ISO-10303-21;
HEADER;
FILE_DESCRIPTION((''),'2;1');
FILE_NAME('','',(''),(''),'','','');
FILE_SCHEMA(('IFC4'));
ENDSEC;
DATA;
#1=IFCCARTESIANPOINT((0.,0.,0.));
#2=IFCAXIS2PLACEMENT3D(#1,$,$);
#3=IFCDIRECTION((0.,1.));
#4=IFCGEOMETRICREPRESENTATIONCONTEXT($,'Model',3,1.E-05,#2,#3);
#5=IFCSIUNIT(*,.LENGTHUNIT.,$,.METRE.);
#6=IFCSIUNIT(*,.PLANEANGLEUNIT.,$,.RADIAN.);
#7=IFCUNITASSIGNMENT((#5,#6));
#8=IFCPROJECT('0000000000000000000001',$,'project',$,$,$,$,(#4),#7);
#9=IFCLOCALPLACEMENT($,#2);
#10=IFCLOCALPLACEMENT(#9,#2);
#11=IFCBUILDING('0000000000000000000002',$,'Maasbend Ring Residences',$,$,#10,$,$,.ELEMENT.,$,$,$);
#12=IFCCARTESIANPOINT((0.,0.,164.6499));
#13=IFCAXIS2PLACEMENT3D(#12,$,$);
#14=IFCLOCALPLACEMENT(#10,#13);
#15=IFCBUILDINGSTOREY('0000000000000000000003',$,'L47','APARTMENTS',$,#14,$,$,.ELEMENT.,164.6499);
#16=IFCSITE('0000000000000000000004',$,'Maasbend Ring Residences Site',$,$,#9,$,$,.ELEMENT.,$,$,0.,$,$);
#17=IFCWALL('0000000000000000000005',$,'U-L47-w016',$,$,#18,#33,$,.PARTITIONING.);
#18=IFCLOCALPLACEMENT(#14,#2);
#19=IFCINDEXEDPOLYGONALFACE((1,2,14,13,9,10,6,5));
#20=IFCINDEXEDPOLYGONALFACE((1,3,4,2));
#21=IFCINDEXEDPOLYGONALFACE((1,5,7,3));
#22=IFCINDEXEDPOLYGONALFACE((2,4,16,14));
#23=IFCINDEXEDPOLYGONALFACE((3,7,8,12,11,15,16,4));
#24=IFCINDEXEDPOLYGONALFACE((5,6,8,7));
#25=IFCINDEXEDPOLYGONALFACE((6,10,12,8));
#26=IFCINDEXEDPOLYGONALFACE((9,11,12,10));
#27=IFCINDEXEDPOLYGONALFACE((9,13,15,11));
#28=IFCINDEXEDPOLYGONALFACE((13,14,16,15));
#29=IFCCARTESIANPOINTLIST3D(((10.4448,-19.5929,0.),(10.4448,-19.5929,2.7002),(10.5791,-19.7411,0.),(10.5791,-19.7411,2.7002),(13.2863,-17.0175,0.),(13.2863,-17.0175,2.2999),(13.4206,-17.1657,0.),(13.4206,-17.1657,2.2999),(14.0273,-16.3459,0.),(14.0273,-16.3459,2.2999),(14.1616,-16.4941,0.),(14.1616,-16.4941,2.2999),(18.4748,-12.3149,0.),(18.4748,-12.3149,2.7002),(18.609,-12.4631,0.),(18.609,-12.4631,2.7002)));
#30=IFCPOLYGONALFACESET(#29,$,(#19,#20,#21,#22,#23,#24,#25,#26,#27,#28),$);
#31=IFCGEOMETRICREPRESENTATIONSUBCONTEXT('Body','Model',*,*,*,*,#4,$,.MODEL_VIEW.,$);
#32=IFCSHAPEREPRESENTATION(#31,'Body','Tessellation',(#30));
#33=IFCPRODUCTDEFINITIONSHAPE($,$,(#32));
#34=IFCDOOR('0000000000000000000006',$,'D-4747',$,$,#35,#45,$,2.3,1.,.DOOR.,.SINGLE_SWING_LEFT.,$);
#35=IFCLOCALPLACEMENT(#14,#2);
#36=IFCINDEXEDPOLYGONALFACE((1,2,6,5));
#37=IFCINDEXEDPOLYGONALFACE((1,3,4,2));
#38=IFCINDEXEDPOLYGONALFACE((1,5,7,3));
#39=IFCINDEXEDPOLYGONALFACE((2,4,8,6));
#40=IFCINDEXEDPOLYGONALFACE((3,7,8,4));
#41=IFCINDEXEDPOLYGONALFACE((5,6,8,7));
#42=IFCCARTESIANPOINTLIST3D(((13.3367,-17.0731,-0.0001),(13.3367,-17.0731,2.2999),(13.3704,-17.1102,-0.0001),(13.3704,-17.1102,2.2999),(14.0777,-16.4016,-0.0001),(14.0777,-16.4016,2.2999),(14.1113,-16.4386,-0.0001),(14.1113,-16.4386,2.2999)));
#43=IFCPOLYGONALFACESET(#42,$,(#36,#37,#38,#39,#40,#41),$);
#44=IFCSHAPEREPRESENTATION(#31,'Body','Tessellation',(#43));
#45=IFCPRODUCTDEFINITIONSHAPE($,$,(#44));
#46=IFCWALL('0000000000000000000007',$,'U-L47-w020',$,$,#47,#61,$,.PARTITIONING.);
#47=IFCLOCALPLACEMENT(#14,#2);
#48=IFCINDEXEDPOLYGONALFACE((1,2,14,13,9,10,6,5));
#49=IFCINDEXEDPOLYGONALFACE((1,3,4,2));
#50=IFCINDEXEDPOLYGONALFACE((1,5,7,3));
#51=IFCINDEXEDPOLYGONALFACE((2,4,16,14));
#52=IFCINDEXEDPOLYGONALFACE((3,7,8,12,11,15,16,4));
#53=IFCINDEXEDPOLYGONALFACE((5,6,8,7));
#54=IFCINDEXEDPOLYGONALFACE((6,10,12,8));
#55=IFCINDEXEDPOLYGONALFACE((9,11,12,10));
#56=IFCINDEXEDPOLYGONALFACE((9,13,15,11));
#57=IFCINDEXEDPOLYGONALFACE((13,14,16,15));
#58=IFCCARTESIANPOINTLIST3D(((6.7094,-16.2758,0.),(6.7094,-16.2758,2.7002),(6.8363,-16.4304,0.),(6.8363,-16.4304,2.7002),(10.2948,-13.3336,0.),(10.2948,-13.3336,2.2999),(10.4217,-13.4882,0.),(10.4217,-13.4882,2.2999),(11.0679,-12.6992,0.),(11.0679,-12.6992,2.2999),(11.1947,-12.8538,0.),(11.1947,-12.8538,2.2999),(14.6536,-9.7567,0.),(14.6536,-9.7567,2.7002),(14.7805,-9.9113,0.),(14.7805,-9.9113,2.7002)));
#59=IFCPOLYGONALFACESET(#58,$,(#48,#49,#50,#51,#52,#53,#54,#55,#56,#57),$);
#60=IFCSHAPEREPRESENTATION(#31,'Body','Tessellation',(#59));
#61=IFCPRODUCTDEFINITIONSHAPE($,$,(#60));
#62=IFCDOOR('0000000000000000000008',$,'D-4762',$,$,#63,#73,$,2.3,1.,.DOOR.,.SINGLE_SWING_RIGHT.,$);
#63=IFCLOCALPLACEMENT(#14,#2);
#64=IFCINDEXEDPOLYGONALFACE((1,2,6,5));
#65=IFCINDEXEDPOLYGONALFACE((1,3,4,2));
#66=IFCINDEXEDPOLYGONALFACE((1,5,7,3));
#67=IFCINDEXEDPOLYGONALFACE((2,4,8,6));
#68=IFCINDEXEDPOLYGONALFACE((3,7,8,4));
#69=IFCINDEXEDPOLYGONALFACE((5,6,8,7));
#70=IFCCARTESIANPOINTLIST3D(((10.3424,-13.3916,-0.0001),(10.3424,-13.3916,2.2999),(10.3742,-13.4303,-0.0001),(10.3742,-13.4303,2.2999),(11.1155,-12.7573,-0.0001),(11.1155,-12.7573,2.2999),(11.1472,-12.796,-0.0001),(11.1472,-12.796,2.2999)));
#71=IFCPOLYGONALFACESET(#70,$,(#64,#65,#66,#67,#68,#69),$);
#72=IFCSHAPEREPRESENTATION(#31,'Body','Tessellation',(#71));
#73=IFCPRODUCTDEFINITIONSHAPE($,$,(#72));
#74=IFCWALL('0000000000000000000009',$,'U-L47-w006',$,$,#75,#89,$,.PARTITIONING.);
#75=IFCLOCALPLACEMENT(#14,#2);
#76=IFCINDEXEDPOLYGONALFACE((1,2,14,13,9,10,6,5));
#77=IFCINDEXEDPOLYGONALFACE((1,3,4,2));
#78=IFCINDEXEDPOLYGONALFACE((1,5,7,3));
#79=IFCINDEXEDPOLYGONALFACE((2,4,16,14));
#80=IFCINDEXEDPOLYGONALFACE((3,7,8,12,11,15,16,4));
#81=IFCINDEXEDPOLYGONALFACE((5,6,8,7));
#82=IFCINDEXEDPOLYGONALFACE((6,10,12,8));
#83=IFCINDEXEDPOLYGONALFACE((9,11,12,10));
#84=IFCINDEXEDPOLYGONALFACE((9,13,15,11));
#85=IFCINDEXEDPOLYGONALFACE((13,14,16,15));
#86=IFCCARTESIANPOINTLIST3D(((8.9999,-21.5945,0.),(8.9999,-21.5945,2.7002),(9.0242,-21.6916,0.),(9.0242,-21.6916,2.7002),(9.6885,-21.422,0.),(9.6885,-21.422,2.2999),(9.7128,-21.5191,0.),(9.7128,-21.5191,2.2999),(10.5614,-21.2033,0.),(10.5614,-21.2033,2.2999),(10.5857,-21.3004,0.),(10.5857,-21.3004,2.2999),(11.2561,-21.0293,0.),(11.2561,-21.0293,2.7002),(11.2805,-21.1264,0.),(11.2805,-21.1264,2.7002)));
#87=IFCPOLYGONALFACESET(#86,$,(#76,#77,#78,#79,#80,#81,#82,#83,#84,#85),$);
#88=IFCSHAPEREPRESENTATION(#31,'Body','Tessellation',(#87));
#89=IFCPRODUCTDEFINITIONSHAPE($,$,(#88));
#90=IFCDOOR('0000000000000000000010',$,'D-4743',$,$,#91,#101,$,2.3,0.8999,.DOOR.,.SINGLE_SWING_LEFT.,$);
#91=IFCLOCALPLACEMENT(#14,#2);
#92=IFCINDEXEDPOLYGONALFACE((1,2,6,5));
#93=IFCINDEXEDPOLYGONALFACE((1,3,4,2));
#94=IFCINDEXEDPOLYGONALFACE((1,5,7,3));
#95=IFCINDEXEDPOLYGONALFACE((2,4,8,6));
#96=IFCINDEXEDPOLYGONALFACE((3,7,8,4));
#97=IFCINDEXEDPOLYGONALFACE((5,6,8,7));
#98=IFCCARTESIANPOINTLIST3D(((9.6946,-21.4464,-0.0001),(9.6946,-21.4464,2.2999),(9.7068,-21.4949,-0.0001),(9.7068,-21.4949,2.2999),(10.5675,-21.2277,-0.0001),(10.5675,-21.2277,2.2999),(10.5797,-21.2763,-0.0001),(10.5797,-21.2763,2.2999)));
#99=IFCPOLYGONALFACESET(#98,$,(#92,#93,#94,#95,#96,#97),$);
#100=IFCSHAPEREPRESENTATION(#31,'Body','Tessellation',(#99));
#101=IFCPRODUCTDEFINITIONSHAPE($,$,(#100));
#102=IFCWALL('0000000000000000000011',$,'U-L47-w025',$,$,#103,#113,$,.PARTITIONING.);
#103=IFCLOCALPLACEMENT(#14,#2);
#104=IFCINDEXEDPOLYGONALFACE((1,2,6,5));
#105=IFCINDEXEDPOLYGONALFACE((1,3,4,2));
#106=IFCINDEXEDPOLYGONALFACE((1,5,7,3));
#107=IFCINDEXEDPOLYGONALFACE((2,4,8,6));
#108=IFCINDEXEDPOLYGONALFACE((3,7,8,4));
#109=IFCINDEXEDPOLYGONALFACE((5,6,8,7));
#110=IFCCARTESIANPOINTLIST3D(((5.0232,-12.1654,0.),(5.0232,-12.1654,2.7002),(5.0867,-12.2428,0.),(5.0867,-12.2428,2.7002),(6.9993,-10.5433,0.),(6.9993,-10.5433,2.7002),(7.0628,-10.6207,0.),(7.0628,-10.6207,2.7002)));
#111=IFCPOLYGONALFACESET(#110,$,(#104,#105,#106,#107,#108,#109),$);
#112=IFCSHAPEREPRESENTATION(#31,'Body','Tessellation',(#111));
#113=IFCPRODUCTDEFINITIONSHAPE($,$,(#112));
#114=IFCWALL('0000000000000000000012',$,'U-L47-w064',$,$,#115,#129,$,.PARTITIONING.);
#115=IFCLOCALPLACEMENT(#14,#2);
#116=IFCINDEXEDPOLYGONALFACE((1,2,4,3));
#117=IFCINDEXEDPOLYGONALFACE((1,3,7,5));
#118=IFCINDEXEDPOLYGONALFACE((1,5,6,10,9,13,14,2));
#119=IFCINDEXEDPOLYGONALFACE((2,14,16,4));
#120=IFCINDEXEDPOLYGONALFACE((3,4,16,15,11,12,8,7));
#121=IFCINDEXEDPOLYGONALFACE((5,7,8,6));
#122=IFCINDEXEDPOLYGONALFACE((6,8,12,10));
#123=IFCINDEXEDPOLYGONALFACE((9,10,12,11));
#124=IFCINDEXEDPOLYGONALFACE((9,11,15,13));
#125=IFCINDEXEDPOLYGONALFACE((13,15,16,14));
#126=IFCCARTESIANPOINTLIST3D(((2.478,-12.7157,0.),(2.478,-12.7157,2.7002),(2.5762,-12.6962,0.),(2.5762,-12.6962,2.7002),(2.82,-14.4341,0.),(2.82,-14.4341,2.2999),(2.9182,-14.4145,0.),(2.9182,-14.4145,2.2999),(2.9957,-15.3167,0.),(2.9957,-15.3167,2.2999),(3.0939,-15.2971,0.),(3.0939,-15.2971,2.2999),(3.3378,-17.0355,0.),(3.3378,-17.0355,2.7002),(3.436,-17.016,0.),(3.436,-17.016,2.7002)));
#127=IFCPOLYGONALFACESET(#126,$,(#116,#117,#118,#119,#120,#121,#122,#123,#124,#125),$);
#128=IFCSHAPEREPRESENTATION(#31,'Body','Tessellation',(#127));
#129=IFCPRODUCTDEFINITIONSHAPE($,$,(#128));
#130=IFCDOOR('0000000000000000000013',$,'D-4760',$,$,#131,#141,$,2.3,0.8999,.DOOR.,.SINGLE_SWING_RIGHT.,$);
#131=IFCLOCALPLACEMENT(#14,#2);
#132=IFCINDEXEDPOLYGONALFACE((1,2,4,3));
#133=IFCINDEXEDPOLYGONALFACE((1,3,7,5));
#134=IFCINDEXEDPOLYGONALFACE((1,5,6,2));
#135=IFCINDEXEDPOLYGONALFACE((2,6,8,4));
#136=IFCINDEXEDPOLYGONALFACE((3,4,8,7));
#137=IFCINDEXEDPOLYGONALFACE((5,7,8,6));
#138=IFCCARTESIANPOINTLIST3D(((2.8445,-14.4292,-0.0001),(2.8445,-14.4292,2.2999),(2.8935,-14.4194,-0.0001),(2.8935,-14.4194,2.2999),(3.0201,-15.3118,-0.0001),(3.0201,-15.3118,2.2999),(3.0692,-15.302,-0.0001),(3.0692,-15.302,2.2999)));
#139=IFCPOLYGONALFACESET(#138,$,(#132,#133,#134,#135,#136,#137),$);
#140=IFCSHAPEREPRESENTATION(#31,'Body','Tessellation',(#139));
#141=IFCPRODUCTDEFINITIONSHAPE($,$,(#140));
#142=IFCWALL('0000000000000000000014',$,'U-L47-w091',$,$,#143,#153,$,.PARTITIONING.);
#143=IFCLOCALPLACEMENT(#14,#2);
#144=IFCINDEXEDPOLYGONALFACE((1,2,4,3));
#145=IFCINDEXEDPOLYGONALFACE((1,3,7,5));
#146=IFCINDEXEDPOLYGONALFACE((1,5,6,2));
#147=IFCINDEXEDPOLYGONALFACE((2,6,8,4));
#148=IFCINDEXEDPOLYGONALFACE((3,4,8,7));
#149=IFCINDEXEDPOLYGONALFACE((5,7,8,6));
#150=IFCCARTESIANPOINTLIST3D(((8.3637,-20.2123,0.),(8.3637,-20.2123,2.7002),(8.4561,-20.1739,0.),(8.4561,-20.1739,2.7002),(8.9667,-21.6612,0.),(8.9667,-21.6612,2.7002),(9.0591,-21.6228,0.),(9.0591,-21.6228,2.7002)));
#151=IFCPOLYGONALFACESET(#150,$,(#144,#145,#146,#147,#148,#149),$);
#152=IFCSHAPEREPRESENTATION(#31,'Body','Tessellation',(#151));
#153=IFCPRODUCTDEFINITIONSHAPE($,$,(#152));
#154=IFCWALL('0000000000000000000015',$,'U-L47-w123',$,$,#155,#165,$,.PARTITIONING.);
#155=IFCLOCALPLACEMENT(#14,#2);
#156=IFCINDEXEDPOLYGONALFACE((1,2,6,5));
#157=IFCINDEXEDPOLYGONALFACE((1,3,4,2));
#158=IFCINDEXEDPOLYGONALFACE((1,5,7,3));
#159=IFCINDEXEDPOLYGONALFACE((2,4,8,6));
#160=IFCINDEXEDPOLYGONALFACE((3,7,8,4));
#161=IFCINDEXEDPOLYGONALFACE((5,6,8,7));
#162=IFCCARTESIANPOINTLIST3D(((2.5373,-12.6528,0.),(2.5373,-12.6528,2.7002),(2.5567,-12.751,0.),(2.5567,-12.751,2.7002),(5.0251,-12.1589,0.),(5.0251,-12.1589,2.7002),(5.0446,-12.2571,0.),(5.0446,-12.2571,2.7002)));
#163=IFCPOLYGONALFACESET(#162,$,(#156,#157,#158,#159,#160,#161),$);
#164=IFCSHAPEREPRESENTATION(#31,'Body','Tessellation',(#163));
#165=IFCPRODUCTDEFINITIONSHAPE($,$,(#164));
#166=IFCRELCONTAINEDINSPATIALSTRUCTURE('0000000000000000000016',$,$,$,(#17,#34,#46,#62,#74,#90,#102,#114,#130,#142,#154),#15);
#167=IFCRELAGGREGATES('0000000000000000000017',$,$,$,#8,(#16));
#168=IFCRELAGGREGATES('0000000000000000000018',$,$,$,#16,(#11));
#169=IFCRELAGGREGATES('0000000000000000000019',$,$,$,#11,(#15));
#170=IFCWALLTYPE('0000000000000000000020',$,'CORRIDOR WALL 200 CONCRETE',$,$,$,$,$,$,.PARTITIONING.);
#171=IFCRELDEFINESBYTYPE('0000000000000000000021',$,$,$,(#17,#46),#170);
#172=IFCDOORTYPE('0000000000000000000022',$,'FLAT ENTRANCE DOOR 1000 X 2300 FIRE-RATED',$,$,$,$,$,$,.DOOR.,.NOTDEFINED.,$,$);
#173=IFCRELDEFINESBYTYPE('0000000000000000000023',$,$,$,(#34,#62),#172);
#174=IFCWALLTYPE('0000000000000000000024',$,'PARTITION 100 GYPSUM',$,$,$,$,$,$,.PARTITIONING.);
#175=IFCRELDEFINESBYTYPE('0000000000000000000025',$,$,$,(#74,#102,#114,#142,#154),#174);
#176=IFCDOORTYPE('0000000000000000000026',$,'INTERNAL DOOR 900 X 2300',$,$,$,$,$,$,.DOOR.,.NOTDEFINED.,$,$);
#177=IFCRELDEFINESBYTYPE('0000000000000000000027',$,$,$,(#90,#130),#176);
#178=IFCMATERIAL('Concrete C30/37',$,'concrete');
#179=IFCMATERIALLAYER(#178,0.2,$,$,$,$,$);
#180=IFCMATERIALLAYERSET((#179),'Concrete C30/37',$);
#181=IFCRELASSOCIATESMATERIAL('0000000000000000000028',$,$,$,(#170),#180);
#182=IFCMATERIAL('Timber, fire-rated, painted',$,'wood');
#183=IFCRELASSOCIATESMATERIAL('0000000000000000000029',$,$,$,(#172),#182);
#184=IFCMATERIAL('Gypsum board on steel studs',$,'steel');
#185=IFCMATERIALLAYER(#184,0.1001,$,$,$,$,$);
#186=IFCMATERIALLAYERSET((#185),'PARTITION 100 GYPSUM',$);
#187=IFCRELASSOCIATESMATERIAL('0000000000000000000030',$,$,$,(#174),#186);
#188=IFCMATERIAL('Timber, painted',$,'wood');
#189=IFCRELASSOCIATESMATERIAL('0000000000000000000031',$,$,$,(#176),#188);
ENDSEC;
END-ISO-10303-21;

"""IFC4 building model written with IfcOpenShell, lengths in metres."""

from ifc_helpers import new_model, si_unit, direction, frame, frame_2d, origin, place, context, subcontext, project, spatial, rectangle, extrude, material, layer, layer_set, type_object, element, fill, save


model = new_model("IFC4")

# Units and contexts
model_context = context("Model", 3, precision=1e-05, world=origin(), true_north=direction((0.0, 1.0)))
body_context = subcontext(model_context, "Body", "Model", "MODEL_VIEW")
ifc_project = project(units=[si_unit("LENGTHUNIT", "METRE"), si_unit("PLANEANGLEUNIT", "RADIAN")], contexts=[model_context])

# Site, building, storey
site_placement = place(None, origin())
site = spatial("IfcSite", under=ifc_project, at=site_placement, Name="Maasbend Ring Residences Site", CompositionType="ELEMENT", RefElevation=0.0)
building_placement = place(site_placement, origin())
building = spatial("IfcBuilding", under=site, at=building_placement, Name="Maasbend Ring Residences", CompositionType="ELEMENT")
storey_placement = place(building_placement, frame((0.0, 0.0, 164.6499)))
storey = spatial("IfcBuildingStorey", under=building, at=storey_placement, Name="L47", Description="APARTMENTS", CompositionType="ELEMENT", Elevation=164.6499)

# Walls, openings, doors
ifc_material_1 = material(Name="Concrete C30/37", Category="concrete")
ifc_layer_1 = layer(ifc_material_1, 0.2)
ifc_layer_set_1 = layer_set([ifc_layer_1], Name="Concrete C30/37")
wall_type_1 = type_object("IfcWallType", Name="CORRIDOR WALL 200 CONCRETE", PredefinedType="PARTITIONING", material=ifc_layer_set_1)
wall_1_placement = place(storey_placement, frame((10.512, -19.667, 0.0), z_axis=(0.0, 0.0, 1.0), x_axis=(0.740947, 0.671563, 0.0)))
wall_1 = element("IfcWall", 1, at=wall_1_placement, inside=storey, type_object=wall_type_1, Name="U-L47-w016", PredefinedType="PARTITIONING", context=body_context, shape_type="SweptSolid", body=[
    extrude(rectangle(XDim=10.8374, YDim=0.2, at=frame_2d((5.4187, 0.0))), origin(), (0.0, 0.0, 1.0), 2.7002),
])
opening_1_placement = place(wall_1_placement, frame((3.835, 0.0, 0.0)))
opening_1 = element("IfcOpeningElement", 2, at=opening_1_placement, cuts=wall_1, PredefinedType="OPENING", context=body_context, shape_type="SweptSolid", body=[
    extrude(rectangle(XDim=1.0, YDim=2.3, at=frame_2d((0.5, 1.1499))), frame((0.0, 0.1099, 0.0), z_axis=(0.0, -1.0, 0.0), x_axis=(1.0, 0.0, 0.0)), (0.0, 0.0, 1.0), 0.22),
])
ifc_material_2 = material(Name="Timber, fire-rated, painted", Category="wood")
door_type_1 = type_object("IfcDoorType", Name="FLAT ENTRANCE DOOR 1000 X 2300 FIRE-RATED", OperationType="NOTDEFINED", PredefinedType="DOOR", material=ifc_material_2)
door_1_placement = place(opening_1_placement, origin())
door_1 = element("IfcDoor", 3, at=door_1_placement, inside=storey, type_object=door_type_1, Name="D-4747", OperationType="SINGLE_SWING_LEFT", OverallHeight=2.3, OverallWidth=1.0, PredefinedType="DOOR", context=body_context, shape_type="SweptSolid", body=[
    extrude(rectangle(XDim=1.0, YDim=2.3, at=frame_2d((0.5, 1.1499))), frame((0.0, 0.0249, 0.0), z_axis=(0.0, -1.0, 0.0), x_axis=(1.0, 0.0, 0.0)), (0.0, 0.0, 1.0), 0.05),
])
fill(opening_1, door_1)
wall_2_placement = place(storey_placement, frame((6.7729, -16.353, 0.0), z_axis=(0.0, 0.0, 1.0), x_axis=(0.773035, 0.634364, 0.0)))
wall_2 = element("IfcWall", 4, at=wall_2_placement, inside=storey, type_object=wall_type_1, Name="U-L47-w020", PredefinedType="PARTITIONING", context=body_context, shape_type="SweptSolid", body=[
    extrude(rectangle(XDim=10.2766, YDim=0.2, at=frame_2d((5.1382, 0.0))), origin(), (0.0, 0.0, 1.0), 2.7002),
])
opening_2_placement = place(wall_2_placement, frame((4.6379, 0.0, 0.0)))
opening_2 = element("IfcOpeningElement", 5, at=opening_2_placement, cuts=wall_2, PredefinedType="OPENING", context=body_context, shape_type="SweptSolid", body=[
    extrude(rectangle(XDim=1.0, YDim=2.3, at=frame_2d((0.5, 1.1499))), frame((0.0, 0.1099, 0.0), z_axis=(0.0, -1.0, 0.0), x_axis=(1.0, 0.0, 0.0)), (0.0, 0.0, 1.0), 0.22),
])
door_2_placement = place(opening_2_placement, origin())
door_2 = element("IfcDoor", 6, at=door_2_placement, inside=storey, type_object=door_type_1, Name="D-4762", OperationType="SINGLE_SWING_RIGHT", OverallHeight=2.3, OverallWidth=1.0, PredefinedType="DOOR", context=body_context, shape_type="SweptSolid", body=[
    extrude(rectangle(XDim=1.0, YDim=2.3, at=frame_2d((0.5, 1.1499))), frame((0.0, 0.0249, 0.0), z_axis=(0.0, -1.0, 0.0), x_axis=(1.0, 0.0, 0.0)), (0.0, 0.0, 1.0), 0.05),
])
fill(opening_2, door_2)
ifc_material_3 = material(Name="Gypsum board on steel studs", Category="steel")
ifc_layer_2 = layer(ifc_material_3, 0.1001)
ifc_layer_set_2 = layer_set([ifc_layer_2], Name="PARTITION 100 GYPSUM")
wall_type_2 = type_object("IfcWallType", Name="PARTITION 100 GYPSUM", PredefinedType="PARTITIONING", material=ifc_layer_set_2)
wall_3_placement = place(storey_placement, frame((9.012, -21.6431, 0.0), z_axis=(0.0, 0.0, 1.0), x_axis=(0.970025, 0.243005, 0.0)))
wall_3 = element("IfcWall", 7, at=wall_3_placement, inside=storey, type_object=wall_type_2, Name="U-L47-w006", PredefinedType="PARTITIONING", context=body_context, shape_type="SweptSolid", body=[
    extrude(rectangle(XDim=2.3259, YDim=0.1001, at=frame_2d((1.1631, 0.0))), origin(), (0.0, 0.0, 1.0), 2.7002),
])
opening_3_placement = place(wall_3_placement, frame((0.71, 0.0, 0.0)))
opening_3 = element("IfcOpeningElement", 8, at=opening_3_placement, cuts=wall_3, PredefinedType="OPENING", context=body_context, shape_type="SweptSolid", body=[
    extrude(rectangle(XDim=0.8999, YDim=2.3, at=frame_2d((0.45, 1.1499))), frame((0.0, 0.0601, 0.0), z_axis=(0.0, -1.0, 0.0), x_axis=(1.0, 0.0, 0.0)), (0.0, 0.0, 1.0), 0.1201),
])
ifc_material_4 = material(Name="Timber, painted", Category="wood")
door_type_2 = type_object("IfcDoorType", Name="INTERNAL DOOR 900 X 2300", OperationType="NOTDEFINED", PredefinedType="DOOR", material=ifc_material_4)
door_3_placement = place(opening_3_placement, origin())
door_3 = element("IfcDoor", 9, at=door_3_placement, inside=storey, type_object=door_type_2, Name="D-4743", OperationType="SINGLE_SWING_LEFT", OverallHeight=2.3, OverallWidth=0.8999, PredefinedType="DOOR", context=body_context, shape_type="SweptSolid", body=[
    extrude(rectangle(XDim=0.8999, YDim=2.3, at=frame_2d((0.45, 1.1499))), frame((0.0, 0.0249, 0.0), z_axis=(0.0, -1.0, 0.0), x_axis=(1.0, 0.0, 0.0)), (0.0, 0.0, 1.0), 0.05),
])
fill(opening_3, door_3)

# Wall
wall_4_placement = place(storey_placement, frame((5.0549, -12.2041, 0.0), z_axis=(0.0, 0.0, 1.0), x_axis=(0.772944, 0.634475, 0.0)))
element("IfcWall", 10, at=wall_4_placement, inside=storey, type_object=wall_type_2, Name="U-L47-w025", PredefinedType="PARTITIONING", context=body_context, shape_type="SweptSolid", body=[
    extrude(rectangle(XDim=2.5566, YDim=0.1001, at=frame_2d((1.2783, 0.0))), origin(), (0.0, 0.0, 1.0), 2.7002),
])

# Wall, opening, door
wall_5_placement = place(storey_placement, frame((2.5271, -12.7061, 0.0), z_axis=(0.0, 0.0, 1.0), x_axis=(0.195221, -0.980759, 0.0)))
wall_5 = element("IfcWall", 11, at=wall_5_placement, inside=storey, type_object=wall_type_2, Name="U-L47-w064", PredefinedType="PARTITIONING", context=body_context, shape_type="SweptSolid", body=[
    extrude(rectangle(XDim=4.4045, YDim=0.1001, at=frame_2d((2.2021, 0.0))), origin(), (0.0, 0.0, 1.0), 2.7002),
])
opening_4_placement = place(wall_5_placement, frame((1.752, 0.0, 0.0)))
opening_4 = element("IfcOpeningElement", 12, at=opening_4_placement, cuts=wall_5, PredefinedType="OPENING", context=body_context, shape_type="SweptSolid", body=[
    extrude(rectangle(XDim=0.8999, YDim=2.3, at=frame_2d((0.45, 1.1499))), frame((0.0, 0.0601, 0.0), z_axis=(0.0, -1.0, 0.0), x_axis=(1.0, 0.0, 0.0)), (0.0, 0.0, 1.0), 0.1201),
])
door_4_placement = place(opening_4_placement, origin())
door_4 = element("IfcDoor", 13, at=door_4_placement, inside=storey, type_object=door_type_2, Name="D-4760", OperationType="SINGLE_SWING_RIGHT", OverallHeight=2.3, OverallWidth=0.8999, PredefinedType="DOOR", context=body_context, shape_type="SweptSolid", body=[
    extrude(rectangle(XDim=0.8999, YDim=2.3, at=frame_2d((0.45, 1.1499))), frame((0.0, 0.0249, 0.0), z_axis=(0.0, -1.0, 0.0), x_axis=(1.0, 0.0, 0.0)), (0.0, 0.0, 1.0), 0.05),
])
fill(opening_4, door_4)

# Walls
wall_6_placement = place(storey_placement, frame((8.4099, -20.1931, 0.0), z_axis=(0.0, 0.0, 1.0), x_axis=(0.384229, -0.923238, 0.0)))
element("IfcWall", 14, at=wall_6_placement, inside=storey, type_object=wall_type_2, Name="U-L47-w091", PredefinedType="PARTITIONING", context=body_context, shape_type="SweptSolid", body=[
    extrude(rectangle(XDim=1.5693, YDim=0.1001, at=frame_2d((0.7847, 0.0))), origin(), (0.0, 0.0, 1.0), 2.7002),
])
wall_7_placement = place(storey_placement, frame((2.5471, -12.7019, 0.0), z_axis=(0.0, 0.0, 1.0), x_axis=(0.980857, 0.194728, 0.0)))
element("IfcWall", 15, at=wall_7_placement, inside=storey, type_object=wall_type_2, Name="U-L47-w123", PredefinedType="PARTITIONING", context=body_context, shape_type="SweptSolid", body=[
    extrude(rectangle(XDim=2.5364, YDim=0.1001, at=frame_2d((1.2681, 0.0))), origin(), (0.0, 0.0, 1.0), 2.7002),
])

save(model, "model.ifc")
